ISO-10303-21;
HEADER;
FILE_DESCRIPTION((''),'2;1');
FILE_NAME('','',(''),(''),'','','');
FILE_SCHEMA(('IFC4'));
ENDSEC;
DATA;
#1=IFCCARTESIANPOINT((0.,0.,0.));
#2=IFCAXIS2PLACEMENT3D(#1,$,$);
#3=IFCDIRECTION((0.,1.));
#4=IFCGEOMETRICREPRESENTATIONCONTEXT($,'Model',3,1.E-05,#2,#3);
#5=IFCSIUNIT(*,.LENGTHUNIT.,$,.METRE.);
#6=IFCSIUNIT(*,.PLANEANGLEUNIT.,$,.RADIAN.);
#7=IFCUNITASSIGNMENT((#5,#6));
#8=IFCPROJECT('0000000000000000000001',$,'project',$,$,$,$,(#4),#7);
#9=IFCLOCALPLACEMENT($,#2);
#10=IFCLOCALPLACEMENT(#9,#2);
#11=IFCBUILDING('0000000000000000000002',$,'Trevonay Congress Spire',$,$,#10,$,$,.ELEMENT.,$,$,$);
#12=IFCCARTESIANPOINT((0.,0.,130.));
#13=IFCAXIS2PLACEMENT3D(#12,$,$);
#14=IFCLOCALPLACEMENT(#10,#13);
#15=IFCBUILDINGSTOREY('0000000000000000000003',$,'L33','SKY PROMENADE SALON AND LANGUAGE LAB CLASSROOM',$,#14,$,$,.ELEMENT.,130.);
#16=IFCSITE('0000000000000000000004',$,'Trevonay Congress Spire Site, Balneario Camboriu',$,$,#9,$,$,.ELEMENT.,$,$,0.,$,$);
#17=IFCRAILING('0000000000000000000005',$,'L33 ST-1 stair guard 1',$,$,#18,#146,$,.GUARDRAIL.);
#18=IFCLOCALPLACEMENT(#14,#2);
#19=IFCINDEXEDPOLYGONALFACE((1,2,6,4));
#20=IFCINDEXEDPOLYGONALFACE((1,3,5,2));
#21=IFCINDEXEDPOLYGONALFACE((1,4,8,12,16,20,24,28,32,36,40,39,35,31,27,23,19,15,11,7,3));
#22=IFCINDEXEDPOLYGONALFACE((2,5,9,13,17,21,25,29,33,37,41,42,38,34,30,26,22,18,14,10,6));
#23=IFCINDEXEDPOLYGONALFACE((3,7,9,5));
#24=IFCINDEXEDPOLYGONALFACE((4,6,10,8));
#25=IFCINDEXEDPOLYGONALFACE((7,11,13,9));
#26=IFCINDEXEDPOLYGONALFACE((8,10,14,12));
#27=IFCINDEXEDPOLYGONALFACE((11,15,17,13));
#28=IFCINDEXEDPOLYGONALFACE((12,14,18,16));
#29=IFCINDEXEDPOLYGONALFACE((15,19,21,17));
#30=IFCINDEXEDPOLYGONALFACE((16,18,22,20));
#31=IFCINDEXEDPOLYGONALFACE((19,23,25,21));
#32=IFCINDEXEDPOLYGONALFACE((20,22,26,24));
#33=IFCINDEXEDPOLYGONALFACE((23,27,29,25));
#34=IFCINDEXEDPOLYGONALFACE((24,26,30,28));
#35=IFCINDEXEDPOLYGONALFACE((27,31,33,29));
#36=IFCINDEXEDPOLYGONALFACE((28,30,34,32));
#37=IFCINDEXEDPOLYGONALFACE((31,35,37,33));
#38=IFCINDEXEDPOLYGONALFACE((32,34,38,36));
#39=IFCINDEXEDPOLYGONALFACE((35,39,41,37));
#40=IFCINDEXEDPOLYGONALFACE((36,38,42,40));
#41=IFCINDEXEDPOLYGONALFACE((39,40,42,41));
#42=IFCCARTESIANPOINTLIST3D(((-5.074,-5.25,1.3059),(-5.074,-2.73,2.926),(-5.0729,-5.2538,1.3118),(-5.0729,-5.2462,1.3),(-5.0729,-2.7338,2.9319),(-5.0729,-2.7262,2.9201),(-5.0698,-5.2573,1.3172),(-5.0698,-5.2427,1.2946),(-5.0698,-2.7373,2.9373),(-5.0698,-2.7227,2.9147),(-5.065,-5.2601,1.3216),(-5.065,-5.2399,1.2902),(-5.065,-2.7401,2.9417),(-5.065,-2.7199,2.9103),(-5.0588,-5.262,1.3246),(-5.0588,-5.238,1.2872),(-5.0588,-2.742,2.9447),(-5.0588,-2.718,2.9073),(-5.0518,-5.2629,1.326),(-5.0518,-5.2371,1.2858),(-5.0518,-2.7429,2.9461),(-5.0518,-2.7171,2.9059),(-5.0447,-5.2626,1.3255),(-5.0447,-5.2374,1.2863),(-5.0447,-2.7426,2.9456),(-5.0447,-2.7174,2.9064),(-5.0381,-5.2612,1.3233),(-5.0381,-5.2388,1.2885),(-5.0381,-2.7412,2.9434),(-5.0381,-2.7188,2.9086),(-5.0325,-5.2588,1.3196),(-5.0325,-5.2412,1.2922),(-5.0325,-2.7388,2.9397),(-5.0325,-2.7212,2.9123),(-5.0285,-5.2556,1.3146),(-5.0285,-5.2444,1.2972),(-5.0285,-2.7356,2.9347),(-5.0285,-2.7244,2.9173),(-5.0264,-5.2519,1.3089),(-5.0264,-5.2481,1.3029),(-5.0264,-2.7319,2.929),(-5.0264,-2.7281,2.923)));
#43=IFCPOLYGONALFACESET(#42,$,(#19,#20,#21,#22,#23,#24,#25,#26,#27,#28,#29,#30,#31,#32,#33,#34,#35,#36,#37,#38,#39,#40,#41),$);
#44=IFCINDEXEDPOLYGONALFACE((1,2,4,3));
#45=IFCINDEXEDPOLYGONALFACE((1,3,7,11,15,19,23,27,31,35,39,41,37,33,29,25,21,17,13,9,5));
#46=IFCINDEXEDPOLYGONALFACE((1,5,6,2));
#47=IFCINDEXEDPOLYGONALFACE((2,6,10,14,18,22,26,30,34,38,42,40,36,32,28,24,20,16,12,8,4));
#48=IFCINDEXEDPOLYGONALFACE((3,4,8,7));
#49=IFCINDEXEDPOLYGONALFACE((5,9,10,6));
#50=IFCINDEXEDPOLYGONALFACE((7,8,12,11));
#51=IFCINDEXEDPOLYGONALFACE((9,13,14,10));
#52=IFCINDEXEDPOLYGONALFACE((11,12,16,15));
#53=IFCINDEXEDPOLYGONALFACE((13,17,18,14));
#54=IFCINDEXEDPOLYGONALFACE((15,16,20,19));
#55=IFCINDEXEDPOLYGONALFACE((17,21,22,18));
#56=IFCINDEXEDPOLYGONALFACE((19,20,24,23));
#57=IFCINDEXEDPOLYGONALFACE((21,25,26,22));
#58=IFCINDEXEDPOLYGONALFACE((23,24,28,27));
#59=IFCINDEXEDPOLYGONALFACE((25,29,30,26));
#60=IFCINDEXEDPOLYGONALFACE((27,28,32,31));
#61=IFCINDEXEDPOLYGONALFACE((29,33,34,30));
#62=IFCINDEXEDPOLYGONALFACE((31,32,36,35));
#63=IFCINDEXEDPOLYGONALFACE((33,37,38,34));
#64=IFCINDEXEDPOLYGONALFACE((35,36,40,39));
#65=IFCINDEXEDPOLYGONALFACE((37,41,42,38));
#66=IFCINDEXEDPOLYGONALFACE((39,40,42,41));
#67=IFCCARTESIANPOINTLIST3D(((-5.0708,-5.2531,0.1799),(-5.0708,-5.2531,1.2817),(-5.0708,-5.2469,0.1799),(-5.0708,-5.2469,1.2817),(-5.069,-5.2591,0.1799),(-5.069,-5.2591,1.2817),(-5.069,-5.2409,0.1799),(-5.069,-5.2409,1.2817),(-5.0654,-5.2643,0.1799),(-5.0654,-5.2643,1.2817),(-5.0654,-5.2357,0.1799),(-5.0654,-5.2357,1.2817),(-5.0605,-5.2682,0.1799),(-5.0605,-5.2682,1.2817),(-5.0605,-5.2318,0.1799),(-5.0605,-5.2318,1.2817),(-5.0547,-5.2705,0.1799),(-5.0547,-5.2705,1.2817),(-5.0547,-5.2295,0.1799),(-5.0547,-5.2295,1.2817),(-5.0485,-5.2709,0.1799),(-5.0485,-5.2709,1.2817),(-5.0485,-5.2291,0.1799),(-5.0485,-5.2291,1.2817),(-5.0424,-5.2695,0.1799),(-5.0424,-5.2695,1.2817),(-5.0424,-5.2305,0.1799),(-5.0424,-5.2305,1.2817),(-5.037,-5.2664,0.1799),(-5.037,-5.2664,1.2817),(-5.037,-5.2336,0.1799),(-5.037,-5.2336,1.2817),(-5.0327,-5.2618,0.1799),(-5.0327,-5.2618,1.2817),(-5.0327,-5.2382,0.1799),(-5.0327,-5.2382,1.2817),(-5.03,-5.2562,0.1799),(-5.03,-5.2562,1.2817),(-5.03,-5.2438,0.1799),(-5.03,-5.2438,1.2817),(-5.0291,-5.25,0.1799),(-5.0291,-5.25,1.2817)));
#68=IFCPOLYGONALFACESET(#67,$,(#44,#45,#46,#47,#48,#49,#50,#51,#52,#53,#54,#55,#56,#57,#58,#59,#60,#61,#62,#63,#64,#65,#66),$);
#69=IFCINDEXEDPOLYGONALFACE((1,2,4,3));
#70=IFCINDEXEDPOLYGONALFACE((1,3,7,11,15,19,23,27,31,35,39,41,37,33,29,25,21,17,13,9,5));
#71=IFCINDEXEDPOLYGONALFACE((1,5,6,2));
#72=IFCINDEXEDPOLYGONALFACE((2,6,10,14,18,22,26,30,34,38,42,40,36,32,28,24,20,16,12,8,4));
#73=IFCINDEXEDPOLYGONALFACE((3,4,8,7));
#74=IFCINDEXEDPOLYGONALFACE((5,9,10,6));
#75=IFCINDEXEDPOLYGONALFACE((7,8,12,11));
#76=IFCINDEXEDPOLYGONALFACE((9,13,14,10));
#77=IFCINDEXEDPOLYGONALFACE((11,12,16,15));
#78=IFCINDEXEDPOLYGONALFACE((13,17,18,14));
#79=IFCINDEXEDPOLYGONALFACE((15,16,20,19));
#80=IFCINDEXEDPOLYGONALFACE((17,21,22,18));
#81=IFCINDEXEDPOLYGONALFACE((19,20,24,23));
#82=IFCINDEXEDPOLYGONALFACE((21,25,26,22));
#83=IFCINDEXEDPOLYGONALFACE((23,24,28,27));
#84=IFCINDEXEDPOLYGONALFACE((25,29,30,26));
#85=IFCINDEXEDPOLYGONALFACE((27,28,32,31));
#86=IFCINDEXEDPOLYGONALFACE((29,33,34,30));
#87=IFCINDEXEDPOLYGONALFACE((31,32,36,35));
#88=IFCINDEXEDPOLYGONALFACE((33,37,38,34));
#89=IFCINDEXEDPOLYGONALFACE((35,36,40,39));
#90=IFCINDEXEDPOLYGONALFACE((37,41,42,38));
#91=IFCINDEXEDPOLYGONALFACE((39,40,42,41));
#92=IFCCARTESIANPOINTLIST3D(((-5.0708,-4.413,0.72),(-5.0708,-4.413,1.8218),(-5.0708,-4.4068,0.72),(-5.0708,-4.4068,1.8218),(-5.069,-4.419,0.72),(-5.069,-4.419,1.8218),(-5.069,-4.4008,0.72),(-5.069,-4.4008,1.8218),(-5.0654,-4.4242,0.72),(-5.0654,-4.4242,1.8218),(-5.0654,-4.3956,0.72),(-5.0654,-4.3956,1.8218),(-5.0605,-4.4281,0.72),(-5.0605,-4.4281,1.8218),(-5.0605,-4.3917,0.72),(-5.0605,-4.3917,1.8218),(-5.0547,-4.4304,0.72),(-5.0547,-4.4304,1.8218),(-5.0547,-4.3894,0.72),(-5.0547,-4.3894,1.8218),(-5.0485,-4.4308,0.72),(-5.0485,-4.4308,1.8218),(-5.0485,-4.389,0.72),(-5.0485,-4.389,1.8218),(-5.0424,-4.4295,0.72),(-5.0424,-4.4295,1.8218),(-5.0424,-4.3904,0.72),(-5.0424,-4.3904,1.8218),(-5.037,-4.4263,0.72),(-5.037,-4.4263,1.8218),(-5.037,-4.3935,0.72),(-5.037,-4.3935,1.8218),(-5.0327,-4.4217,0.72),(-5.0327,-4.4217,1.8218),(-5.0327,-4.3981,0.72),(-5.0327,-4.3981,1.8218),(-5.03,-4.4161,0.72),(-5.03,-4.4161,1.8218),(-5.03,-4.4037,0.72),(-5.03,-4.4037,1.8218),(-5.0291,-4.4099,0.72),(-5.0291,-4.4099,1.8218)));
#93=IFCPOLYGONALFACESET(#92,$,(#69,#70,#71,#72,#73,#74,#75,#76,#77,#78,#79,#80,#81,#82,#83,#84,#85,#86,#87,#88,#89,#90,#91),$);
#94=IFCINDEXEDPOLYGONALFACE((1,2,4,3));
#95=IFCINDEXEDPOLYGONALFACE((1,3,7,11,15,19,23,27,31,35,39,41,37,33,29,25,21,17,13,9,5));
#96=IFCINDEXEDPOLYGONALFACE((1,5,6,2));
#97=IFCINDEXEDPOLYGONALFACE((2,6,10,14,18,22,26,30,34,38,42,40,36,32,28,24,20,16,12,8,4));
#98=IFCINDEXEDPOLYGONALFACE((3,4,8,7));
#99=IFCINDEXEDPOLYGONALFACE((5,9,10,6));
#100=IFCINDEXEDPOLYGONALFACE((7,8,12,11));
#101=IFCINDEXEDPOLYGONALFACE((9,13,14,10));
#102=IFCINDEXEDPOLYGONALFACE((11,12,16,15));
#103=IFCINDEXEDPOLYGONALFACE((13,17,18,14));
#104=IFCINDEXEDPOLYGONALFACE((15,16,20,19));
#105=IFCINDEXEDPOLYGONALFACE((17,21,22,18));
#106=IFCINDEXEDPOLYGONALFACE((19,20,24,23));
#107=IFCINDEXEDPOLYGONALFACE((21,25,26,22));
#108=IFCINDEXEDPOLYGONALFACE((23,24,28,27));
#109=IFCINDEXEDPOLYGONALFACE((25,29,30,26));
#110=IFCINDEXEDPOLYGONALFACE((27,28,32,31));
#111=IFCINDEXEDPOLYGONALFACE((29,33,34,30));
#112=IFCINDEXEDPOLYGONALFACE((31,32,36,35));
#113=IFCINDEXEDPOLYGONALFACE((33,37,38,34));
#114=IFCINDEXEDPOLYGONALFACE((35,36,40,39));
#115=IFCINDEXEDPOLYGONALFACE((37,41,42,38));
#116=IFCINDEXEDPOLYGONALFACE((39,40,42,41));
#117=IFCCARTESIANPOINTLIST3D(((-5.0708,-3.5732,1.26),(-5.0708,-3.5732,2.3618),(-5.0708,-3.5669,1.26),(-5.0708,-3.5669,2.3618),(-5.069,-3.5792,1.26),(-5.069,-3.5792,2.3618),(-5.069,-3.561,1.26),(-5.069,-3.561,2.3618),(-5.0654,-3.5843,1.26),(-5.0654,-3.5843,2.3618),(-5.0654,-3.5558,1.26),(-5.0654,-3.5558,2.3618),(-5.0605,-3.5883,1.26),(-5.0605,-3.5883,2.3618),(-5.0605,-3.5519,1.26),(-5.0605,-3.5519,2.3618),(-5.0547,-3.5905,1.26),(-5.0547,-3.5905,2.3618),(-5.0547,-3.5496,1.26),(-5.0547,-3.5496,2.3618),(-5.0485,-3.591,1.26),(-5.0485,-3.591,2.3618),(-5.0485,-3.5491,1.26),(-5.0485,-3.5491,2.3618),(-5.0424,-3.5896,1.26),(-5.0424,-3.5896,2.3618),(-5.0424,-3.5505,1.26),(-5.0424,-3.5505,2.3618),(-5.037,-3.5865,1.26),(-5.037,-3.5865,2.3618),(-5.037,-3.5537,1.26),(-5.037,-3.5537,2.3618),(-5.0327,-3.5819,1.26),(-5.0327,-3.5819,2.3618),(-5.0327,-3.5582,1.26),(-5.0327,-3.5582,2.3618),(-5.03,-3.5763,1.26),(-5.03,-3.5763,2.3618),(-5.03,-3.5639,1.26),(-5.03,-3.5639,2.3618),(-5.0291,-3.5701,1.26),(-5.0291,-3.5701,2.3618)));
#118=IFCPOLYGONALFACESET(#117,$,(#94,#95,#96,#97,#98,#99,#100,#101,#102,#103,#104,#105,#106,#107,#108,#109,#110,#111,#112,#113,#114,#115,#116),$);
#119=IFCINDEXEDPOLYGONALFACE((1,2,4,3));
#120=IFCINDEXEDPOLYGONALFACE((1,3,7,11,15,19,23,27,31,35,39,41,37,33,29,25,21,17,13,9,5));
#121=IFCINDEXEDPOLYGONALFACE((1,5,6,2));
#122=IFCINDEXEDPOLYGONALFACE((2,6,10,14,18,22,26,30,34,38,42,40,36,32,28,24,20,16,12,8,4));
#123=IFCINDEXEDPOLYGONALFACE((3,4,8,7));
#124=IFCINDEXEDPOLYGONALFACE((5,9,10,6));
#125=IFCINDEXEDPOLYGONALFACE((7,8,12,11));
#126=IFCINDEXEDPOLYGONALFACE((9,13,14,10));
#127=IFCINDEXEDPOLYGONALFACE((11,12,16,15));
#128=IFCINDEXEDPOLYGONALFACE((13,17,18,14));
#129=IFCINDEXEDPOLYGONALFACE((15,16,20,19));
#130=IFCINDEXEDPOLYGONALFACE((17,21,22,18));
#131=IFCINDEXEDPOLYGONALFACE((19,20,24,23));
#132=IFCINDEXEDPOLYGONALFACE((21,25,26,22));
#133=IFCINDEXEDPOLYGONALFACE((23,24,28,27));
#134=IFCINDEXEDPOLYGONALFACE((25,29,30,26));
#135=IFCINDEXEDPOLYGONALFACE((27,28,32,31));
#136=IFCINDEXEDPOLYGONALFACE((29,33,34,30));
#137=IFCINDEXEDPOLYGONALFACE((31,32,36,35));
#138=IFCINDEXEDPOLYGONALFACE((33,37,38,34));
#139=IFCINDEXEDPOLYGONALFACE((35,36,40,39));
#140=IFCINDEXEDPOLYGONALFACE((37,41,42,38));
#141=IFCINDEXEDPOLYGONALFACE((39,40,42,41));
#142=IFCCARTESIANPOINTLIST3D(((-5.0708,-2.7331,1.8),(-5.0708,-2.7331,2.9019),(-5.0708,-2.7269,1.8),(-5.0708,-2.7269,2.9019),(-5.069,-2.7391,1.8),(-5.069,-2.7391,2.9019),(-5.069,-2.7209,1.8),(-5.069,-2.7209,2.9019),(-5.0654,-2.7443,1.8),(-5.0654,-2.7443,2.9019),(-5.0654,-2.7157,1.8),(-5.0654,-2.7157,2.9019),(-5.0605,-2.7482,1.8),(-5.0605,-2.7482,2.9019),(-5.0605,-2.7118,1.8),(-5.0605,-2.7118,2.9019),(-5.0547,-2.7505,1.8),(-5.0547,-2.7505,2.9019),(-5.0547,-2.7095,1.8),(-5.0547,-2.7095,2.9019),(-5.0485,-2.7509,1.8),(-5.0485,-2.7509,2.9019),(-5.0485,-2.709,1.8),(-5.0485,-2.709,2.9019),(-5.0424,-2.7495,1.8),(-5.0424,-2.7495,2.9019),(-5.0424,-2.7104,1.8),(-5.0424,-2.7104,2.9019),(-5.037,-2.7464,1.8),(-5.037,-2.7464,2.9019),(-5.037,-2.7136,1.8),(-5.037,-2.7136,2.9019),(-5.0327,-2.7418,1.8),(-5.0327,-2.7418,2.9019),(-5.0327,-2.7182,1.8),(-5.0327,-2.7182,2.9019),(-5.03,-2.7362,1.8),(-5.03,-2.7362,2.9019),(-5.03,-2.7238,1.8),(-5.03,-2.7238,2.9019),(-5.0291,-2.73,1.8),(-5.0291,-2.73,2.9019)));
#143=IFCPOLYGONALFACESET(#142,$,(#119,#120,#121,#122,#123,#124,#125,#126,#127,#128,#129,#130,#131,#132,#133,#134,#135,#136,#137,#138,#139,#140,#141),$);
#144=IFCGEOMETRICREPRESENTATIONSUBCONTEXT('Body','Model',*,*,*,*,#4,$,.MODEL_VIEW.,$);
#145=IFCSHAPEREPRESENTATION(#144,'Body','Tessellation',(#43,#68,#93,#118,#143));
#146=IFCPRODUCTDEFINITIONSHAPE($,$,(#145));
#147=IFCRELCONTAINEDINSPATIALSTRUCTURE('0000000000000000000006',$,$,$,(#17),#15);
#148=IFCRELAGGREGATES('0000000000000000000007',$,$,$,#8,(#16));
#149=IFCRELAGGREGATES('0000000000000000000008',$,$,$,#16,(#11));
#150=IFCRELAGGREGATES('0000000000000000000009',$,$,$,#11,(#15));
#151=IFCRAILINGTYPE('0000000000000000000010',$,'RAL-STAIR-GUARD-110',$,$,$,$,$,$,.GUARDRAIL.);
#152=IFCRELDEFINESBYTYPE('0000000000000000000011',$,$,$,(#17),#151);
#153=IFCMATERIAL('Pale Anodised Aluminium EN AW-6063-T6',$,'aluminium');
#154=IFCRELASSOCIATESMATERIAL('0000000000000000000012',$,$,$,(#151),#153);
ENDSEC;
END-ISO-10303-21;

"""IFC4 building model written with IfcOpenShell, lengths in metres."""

from ifc_helpers import new_model, si_unit, direction, frame, origin, origin_2d, place, context, subcontext, project, spatial, circle, extrude, material, type_object, element, save


model = new_model("IFC4")

# Units and contexts
model_context = context("Model", 3, precision=1e-05, world=origin(), true_north=direction((0.0, 1.0)))
body_context = subcontext(model_context, "Body", "Model", "MODEL_VIEW")
ifc_project = project(units=[si_unit("LENGTHUNIT", "METRE"), si_unit("PLANEANGLEUNIT", "RADIAN")], contexts=[model_context])

# Site, building, storey
site_placement = place(None, origin())
site = spatial("IfcSite", under=ifc_project, at=site_placement, Name="Trevonay Congress Spire Site, Balneario Camboriu", CompositionType="ELEMENT", RefElevation=0.0)
building_placement = place(site_placement, origin())
building = spatial("IfcBuilding", under=site, at=building_placement, Name="Trevonay Congress Spire", CompositionType="ELEMENT")
storey_placement = place(building_placement, frame((0.0, 0.0, 130.0)))
storey = spatial("IfcBuildingStorey", under=building, at=storey_placement, Name="L33", Description="SKY PROMENADE SALON AND LANGUAGE LAB CLASSROOM", CompositionType="ELEMENT", Elevation=130.0)

# Shared definitions
ifc_material_1 = material(Name="Pale Anodised Aluminium EN AW-6063-T6", Category="aluminium")

# Railing
railing_type_1 = type_object("IfcRailingType", Name="RAL-STAIR-GUARD-110", PredefinedType="GUARDRAIL", material=ifc_material_1)
railing_1_placement = place(storey_placement, frame((-5.05, -5.25, 0.1799)))
element("IfcRailing", 1, at=railing_1_placement, inside=storey, type_object=railing_type_1, Name="L33 ST-1 stair guard 1", PredefinedType="GUARDRAIL", context=body_context, shape_type="SweptSolid", body=[
    extrude(circle(Radius=0.0239, at=origin_2d()), frame((0.0, 0.0, 1.126), z_axis=(0.0, 0.841163, 0.540782), x_axis=(-1.0, 0.0, 0.0)), (0.0, 0.0, 1.0), 2.9958),
    extrude(circle(Radius=0.021, at=origin_2d()), origin(), (0.0, 0.0, 1.0), 1.1018),
    extrude(circle(Radius=0.021, at=origin_2d()), frame((0.0, 0.8401, 0.54)), (0.0, 0.0, 1.0), 1.1018),
    extrude(circle(Radius=0.021, at=origin_2d()), frame((0.0, 1.6799, 1.0801)), (0.0, 0.0, 1.0), 1.1018),
    extrude(circle(Radius=0.021, at=origin_2d()), frame((0.0, 2.52, 1.6201)), (0.0, 0.0, 1.0), 1.1018),
])

save(model, "model.ifc")
